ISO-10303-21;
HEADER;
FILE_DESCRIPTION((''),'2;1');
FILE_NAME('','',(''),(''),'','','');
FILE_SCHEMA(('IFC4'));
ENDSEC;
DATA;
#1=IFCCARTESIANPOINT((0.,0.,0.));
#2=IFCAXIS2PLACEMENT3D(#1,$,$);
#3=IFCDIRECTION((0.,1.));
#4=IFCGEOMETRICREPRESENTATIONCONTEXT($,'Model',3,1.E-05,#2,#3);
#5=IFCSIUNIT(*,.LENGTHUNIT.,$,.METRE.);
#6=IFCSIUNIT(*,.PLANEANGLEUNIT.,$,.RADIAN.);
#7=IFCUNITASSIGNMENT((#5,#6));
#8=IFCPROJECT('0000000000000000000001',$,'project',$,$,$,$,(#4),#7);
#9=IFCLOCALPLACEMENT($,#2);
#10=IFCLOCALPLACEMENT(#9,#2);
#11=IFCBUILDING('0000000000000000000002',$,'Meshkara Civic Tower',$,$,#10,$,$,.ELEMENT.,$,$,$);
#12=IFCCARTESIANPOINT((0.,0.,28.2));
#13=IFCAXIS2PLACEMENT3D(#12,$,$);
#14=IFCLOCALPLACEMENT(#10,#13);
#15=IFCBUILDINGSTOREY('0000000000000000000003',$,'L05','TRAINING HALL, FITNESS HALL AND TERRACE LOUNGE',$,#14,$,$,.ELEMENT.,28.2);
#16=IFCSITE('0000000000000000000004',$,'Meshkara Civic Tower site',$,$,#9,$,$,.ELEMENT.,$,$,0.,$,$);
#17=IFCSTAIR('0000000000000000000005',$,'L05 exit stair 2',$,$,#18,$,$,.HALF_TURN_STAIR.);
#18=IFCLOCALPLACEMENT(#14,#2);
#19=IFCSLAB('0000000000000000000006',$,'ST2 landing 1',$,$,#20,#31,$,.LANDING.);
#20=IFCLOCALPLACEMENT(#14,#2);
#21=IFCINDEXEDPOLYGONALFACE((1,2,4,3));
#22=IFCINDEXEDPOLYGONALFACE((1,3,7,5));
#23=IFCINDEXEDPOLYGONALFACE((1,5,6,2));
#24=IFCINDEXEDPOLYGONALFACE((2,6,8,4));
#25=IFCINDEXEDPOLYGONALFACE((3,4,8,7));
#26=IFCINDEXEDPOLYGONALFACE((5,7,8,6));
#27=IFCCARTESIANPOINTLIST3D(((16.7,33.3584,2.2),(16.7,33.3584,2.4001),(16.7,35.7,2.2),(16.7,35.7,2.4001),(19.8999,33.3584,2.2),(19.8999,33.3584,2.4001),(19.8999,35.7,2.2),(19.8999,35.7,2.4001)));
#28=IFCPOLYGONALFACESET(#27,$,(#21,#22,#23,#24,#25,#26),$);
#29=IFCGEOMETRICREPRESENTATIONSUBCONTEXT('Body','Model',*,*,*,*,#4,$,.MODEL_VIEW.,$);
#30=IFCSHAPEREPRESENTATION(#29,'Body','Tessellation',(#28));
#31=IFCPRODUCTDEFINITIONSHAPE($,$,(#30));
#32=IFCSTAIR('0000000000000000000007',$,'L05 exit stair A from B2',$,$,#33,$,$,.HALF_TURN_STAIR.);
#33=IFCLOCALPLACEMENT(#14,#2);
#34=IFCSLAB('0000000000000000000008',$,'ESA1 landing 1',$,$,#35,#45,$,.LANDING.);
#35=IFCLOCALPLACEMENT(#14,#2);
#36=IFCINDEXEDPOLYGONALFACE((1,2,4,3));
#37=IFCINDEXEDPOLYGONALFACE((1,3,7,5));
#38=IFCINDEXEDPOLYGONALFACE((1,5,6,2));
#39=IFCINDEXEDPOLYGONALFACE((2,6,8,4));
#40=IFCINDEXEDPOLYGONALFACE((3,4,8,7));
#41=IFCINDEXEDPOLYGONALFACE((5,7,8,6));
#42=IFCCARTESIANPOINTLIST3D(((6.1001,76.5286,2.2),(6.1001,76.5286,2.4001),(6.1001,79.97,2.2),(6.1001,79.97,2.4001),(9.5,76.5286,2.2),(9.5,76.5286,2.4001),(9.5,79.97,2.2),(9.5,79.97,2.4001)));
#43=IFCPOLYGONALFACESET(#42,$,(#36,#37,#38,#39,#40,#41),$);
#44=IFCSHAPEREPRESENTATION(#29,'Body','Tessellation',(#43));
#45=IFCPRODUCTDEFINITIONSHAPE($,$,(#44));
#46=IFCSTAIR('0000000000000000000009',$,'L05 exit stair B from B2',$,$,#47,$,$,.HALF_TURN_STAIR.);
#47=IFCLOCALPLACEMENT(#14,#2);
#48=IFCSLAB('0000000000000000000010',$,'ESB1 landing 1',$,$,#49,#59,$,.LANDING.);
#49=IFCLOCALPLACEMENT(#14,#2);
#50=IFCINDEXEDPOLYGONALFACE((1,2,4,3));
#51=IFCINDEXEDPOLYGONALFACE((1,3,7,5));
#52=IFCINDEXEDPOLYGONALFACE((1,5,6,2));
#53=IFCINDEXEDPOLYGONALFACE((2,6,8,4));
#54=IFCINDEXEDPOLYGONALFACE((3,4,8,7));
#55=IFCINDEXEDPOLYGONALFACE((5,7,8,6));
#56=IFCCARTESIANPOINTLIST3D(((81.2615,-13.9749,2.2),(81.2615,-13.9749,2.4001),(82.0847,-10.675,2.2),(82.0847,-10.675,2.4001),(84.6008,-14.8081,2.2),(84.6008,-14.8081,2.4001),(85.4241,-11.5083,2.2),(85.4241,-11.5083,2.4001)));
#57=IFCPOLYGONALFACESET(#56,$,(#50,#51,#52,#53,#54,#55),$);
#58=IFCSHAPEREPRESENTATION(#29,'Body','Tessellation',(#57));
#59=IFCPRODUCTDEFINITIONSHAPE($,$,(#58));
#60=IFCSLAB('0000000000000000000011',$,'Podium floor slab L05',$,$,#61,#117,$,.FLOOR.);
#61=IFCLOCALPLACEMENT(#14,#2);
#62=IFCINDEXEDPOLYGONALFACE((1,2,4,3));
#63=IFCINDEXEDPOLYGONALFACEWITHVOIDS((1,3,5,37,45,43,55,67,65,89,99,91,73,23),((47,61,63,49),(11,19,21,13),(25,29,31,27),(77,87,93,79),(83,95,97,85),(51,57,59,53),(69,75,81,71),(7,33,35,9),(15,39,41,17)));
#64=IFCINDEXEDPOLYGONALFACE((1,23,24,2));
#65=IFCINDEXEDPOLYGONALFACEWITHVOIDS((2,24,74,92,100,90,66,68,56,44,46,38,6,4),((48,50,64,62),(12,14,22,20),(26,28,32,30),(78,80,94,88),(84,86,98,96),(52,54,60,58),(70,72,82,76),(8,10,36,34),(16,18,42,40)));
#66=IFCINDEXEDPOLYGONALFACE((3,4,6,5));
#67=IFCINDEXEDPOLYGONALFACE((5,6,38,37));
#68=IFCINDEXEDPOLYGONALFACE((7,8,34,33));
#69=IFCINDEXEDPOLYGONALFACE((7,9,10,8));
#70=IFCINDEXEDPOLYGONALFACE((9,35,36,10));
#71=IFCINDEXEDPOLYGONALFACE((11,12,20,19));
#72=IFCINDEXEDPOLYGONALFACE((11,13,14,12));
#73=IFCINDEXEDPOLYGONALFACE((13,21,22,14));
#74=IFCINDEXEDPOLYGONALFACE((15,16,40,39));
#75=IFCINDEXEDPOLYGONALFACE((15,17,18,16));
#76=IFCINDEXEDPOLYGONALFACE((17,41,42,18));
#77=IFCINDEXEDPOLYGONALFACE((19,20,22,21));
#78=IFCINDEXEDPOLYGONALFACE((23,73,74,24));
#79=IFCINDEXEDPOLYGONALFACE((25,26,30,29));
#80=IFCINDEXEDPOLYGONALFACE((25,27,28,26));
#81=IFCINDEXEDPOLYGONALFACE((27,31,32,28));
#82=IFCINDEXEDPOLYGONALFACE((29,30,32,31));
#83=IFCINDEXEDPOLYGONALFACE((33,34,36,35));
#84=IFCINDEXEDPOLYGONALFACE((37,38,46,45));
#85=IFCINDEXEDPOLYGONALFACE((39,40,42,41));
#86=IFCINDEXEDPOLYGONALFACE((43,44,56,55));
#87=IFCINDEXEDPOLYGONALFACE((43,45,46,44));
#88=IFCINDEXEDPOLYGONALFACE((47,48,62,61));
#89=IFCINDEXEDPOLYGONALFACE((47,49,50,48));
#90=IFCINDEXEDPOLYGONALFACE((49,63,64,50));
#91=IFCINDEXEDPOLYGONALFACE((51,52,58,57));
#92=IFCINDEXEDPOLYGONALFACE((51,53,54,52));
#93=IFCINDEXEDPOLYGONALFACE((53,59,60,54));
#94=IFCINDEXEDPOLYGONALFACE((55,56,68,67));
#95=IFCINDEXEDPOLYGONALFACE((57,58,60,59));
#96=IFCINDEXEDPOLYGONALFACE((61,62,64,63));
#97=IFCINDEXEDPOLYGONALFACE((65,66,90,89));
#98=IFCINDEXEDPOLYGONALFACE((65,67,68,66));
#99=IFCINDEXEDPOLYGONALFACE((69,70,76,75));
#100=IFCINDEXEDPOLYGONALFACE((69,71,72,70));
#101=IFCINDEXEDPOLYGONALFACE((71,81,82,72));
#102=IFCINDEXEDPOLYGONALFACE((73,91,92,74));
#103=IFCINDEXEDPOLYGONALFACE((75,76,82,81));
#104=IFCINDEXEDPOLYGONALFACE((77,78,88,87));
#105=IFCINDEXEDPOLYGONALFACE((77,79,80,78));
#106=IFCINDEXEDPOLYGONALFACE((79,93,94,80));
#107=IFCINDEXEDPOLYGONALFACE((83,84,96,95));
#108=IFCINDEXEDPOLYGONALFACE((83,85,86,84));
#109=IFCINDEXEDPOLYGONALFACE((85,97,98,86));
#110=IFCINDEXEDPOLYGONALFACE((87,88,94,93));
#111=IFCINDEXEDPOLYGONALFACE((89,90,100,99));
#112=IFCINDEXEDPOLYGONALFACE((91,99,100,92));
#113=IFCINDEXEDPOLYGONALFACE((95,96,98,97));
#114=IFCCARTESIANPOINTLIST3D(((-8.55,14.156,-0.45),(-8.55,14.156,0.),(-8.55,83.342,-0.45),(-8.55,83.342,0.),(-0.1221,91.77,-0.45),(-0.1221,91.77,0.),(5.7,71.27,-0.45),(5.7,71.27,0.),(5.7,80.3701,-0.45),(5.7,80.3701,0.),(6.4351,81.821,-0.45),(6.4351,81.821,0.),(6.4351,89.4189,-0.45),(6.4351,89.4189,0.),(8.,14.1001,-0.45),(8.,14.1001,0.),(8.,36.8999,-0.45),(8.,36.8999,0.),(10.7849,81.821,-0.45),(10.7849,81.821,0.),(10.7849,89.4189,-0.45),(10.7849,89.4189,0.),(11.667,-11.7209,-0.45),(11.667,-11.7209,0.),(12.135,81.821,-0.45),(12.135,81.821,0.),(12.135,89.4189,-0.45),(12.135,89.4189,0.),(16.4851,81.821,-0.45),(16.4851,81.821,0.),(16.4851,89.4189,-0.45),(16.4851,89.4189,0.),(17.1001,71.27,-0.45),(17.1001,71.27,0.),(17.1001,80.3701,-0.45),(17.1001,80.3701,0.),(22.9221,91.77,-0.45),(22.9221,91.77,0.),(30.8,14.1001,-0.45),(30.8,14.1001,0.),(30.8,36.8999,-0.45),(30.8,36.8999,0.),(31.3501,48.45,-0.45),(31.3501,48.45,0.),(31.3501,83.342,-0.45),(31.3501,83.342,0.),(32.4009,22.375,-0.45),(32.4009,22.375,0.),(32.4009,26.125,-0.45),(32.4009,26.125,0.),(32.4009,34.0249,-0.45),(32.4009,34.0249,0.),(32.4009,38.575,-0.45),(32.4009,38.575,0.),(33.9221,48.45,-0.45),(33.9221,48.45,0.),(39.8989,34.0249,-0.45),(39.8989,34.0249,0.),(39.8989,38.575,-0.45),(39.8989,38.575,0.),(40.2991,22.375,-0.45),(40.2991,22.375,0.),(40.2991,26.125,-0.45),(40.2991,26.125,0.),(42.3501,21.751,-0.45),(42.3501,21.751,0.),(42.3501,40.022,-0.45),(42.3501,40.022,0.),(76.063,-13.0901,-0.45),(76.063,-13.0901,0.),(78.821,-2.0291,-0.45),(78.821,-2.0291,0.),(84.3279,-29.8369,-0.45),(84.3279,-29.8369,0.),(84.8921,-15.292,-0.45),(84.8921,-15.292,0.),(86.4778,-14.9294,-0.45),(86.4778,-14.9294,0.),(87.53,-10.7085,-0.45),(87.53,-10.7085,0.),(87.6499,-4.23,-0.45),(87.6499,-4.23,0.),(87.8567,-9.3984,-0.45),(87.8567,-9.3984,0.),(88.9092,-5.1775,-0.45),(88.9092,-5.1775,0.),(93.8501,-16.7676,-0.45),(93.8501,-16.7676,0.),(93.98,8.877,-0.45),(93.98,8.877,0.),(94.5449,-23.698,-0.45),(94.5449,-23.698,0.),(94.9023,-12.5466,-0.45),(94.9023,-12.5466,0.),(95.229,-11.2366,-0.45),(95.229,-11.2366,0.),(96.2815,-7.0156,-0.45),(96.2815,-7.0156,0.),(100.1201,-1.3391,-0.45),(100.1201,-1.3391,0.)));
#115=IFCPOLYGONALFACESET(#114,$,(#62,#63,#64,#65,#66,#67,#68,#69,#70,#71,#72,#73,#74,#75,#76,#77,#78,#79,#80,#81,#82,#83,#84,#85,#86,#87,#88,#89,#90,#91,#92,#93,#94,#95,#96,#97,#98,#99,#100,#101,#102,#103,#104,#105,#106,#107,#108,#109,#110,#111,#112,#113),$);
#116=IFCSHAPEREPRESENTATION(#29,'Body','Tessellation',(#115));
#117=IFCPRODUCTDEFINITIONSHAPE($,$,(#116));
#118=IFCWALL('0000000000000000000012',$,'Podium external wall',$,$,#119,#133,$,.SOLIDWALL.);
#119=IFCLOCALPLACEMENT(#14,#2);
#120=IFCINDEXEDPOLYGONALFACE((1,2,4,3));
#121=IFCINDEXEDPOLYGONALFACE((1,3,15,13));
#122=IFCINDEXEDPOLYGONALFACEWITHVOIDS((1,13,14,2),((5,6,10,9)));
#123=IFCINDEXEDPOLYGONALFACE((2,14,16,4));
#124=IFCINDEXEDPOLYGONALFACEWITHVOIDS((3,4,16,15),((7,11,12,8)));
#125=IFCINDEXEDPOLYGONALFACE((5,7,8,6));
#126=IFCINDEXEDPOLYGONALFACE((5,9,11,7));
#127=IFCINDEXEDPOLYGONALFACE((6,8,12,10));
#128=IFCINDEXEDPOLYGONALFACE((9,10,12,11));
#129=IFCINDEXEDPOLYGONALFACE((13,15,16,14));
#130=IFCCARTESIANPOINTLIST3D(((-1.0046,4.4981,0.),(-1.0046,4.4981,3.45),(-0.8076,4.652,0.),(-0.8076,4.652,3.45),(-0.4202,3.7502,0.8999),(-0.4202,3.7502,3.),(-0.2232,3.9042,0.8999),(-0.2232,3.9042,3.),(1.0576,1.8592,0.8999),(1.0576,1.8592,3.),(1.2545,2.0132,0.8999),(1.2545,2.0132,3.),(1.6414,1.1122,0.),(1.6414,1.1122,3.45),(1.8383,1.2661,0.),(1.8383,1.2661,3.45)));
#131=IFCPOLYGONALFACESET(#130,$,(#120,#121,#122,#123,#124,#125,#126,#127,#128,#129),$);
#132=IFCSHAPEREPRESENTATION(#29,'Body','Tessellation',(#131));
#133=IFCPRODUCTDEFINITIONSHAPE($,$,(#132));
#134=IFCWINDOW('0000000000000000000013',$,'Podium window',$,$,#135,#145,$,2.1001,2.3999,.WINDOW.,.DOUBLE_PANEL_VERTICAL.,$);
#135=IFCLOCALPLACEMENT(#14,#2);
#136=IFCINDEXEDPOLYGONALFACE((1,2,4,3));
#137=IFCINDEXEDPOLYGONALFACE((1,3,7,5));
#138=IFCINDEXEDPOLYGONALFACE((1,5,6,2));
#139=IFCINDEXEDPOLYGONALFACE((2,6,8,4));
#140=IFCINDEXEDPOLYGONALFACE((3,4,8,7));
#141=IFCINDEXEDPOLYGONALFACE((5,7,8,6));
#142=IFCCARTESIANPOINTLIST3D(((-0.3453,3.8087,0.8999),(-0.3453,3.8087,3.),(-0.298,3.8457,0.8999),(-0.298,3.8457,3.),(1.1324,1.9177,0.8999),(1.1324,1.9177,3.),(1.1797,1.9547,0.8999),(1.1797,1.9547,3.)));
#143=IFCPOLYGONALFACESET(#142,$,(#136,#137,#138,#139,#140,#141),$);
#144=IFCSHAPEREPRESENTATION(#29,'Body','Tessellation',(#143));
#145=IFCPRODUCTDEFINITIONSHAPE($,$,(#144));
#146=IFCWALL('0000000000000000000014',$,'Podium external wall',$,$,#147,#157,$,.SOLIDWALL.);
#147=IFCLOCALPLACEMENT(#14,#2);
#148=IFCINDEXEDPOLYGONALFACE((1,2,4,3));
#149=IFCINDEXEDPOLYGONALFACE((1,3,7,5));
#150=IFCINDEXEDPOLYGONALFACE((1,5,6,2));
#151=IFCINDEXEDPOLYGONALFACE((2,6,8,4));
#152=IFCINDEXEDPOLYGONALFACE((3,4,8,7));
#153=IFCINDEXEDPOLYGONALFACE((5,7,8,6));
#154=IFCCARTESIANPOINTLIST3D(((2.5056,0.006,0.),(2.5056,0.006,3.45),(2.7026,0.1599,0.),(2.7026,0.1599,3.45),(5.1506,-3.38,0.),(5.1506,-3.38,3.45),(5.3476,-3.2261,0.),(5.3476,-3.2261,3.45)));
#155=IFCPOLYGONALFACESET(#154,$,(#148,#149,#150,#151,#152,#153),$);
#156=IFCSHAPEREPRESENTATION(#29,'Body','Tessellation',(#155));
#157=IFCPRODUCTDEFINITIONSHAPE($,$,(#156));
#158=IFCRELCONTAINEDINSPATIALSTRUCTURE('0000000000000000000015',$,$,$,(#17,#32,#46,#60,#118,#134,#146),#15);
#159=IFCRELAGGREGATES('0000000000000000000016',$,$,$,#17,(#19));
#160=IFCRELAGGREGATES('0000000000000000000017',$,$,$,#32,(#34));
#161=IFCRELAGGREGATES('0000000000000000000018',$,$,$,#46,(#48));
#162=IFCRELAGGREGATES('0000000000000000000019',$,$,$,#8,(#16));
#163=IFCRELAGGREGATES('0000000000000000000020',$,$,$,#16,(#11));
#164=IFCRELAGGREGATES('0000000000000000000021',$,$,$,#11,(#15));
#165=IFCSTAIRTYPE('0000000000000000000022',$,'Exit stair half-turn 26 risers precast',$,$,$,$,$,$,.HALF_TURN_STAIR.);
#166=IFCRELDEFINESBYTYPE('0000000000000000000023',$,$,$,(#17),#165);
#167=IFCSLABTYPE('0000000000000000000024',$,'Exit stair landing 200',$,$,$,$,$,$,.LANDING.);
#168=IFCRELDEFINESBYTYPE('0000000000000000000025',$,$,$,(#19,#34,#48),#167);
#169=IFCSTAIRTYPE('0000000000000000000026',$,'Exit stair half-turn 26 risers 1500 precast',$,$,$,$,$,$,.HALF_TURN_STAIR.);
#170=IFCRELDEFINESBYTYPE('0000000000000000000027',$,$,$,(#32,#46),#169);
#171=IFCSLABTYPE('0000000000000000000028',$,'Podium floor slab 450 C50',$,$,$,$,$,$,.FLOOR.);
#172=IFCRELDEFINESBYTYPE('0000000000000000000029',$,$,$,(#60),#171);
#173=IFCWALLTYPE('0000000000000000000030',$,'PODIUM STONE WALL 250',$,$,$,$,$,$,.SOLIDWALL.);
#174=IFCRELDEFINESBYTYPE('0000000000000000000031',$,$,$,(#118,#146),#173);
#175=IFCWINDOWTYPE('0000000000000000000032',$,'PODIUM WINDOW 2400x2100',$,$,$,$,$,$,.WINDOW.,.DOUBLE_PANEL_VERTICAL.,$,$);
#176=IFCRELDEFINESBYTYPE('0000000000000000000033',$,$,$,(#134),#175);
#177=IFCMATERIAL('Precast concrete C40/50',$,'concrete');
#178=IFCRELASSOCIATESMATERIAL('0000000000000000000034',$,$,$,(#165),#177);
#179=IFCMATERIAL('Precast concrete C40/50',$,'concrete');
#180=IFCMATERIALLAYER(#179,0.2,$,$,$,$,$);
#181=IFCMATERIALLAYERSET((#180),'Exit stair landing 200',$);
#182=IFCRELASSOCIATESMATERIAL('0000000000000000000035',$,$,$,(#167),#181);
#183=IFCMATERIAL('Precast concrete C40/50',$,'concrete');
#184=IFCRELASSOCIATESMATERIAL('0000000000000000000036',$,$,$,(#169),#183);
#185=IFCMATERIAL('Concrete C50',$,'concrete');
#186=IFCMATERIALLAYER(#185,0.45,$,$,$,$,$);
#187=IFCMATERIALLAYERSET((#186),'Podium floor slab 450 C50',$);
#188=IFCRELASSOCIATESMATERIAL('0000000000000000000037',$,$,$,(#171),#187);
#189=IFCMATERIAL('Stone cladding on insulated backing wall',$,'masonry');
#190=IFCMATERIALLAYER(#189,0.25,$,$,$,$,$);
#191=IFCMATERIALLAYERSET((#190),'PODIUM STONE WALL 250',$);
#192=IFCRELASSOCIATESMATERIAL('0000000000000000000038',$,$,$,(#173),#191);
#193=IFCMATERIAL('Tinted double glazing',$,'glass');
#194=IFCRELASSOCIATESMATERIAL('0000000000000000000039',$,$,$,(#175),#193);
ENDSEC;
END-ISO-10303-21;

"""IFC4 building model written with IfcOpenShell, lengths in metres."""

from ifc_helpers import new_model, si_unit, direction, frame, frame_2d, origin, place, context, subcontext, project, spatial, polyline, rectangle, outline, extrude, material, layer, layer_set, type_object, element, fill, aggregate, save


model = new_model("IFC4")

# Units and contexts
model_context = context("Model", 3, precision=1e-05, world=origin(), true_north=direction((0.0, 1.0)))
body_context = subcontext(model_context, "Body", "Model", "MODEL_VIEW")
ifc_project = project(units=[si_unit("LENGTHUNIT", "METRE"), si_unit("PLANEANGLEUNIT", "RADIAN")], contexts=[model_context])

# Site, building, storey
site_placement = place(None, origin())
site = spatial("IfcSite", under=ifc_project, at=site_placement, Name="Meshkara Civic Tower site", CompositionType="ELEMENT", RefElevation=0.0)
building_placement = place(site_placement, origin())
building = spatial("IfcBuilding", under=site, at=building_placement, Name="Meshkara Civic Tower", CompositionType="ELEMENT")
storey_placement = place(building_placement, frame((0.0, 0.0, 28.2)))
storey = spatial("IfcBuildingStorey", under=building, at=storey_placement, Name="L05", Description="TRAINING HALL, FITNESS HALL AND TERRACE LOUNGE", CompositionType="ELEMENT", Elevation=28.2)

# Stairs, slabs
ifc_material_1 = material(Name="Precast concrete C40/50", Category="concrete")
stair_type_1 = type_object("IfcStairType", Name="Exit stair half-turn 26 risers precast", PredefinedType="HALF_TURN_STAIR", material=ifc_material_1)
ifc_material_2 = material(Name="Precast concrete C40/50", Category="concrete")
ifc_layer_1 = layer(ifc_material_2, 0.2)
ifc_layer_set_1 = layer_set([ifc_layer_1], Name="Exit stair landing 200")
slab_type_1 = type_object("IfcSlabType", Name="Exit stair landing 200", PredefinedType="LANDING", material=ifc_layer_set_1)
stair_1_placement = place(storey_placement, origin())
stair_1 = element("IfcStair", 1, at=stair_1_placement, inside=storey, type_object=stair_type_1, Name="L05 exit stair 2", PredefinedType="HALF_TURN_STAIR")
slab_1_placement = place(storey_placement, frame((0.0, 0.0, 2.2)))
slab_1 = element("IfcSlab", 2, at=slab_1_placement, type_object=slab_type_1, Name="ST2 landing 1", PredefinedType="LANDING", context=body_context, shape_type="SweptSolid", body=[
    extrude(outline(polyline([(19.8999, 33.3584), (19.8999, 35.7), (16.7, 35.7), (16.7, 33.3584), (19.8999, 33.3584)])), origin(), (0.0, 0.0, 1.0), 0.2002),
])
aggregate(stair_1, [slab_1])
ifc_material_3 = material(Name="Precast concrete C40/50", Category="concrete")
stair_type_2 = type_object("IfcStairType", Name="Exit stair half-turn 26 risers 1500 precast", PredefinedType="HALF_TURN_STAIR", material=ifc_material_3)
stair_2_placement = place(storey_placement, origin())
stair_2 = element("IfcStair", 3, at=stair_2_placement, inside=storey, type_object=stair_type_2, Name="L05 exit stair A from B2", PredefinedType="HALF_TURN_STAIR")
slab_2_placement = place(storey_placement, frame((0.0, 0.0, 2.2)))
slab_2 = element("IfcSlab", 4, at=slab_2_placement, type_object=slab_type_1, Name="ESA1 landing 1", PredefinedType="LANDING", context=body_context, shape_type="SweptSolid", body=[
    extrude(outline(polyline([(9.5, 76.5286), (9.5, 79.97), (6.1001, 79.97), (6.1001, 76.5286), (9.5, 76.5286)])), origin(), (0.0, 0.0, 1.0), 0.2002),
])
aggregate(stair_2, [slab_2])
stair_3_placement = place(storey_placement, origin())
stair_3 = element("IfcStair", 5, at=stair_3_placement, inside=storey, type_object=stair_type_2, Name="L05 exit stair B from B2", PredefinedType="HALF_TURN_STAIR")
slab_3_placement = place(storey_placement, frame((0.0, 0.0, 2.2)))
slab_3 = element("IfcSlab", 6, at=slab_3_placement, type_object=slab_type_1, Name="ESB1 landing 1", PredefinedType="LANDING", context=body_context, shape_type="SweptSolid", body=[
    extrude(outline(polyline([(81.2615, -13.9749), (84.6008, -14.8081), (85.4241, -11.5083), (82.0847, -10.675), (81.2615, -13.9749)])), origin(), (0.0, 0.0, 1.0), 0.2002),
])
aggregate(stair_3, [slab_3])

# Slab
ifc_material_4 = material(Name="Concrete C50", Category="concrete")
ifc_layer_2 = layer(ifc_material_4, 0.45)
ifc_layer_set_2 = layer_set([ifc_layer_2], Name="Podium floor slab 450 C50")
slab_type_2 = type_object("IfcSlabType", Name="Podium floor slab 450 C50", PredefinedType="FLOOR", material=ifc_layer_set_2)
slab_4_placement = place(storey_placement, frame((0.0, 0.0, -0.45)))
element("IfcSlab", 7, at=slab_4_placement, inside=storey, type_object=slab_type_2, Name="Podium floor slab L05", PredefinedType="FLOOR", context=body_context, shape_type="SweptSolid", body=[
    extrude(outline(polyline([(33.9221, 48.45), (42.3501, 40.022), (42.3501, 21.751), (93.98, 8.877), (100.1201, -1.3391), (94.5449, -23.698), (84.3279, -29.8369), (11.667, -11.7209), (-8.55, 14.156), (-8.55, 83.342), (-0.1221, 91.77), (22.9221, 91.77), (31.3501, 83.342), (31.3501, 48.45), (33.9221, 48.45)]), holes=[polyline([(30.8, 14.1001), (30.8, 36.8999), (8.0, 36.8999), (8.0, 14.1001), (30.8, 14.1001)]), polyline([(17.1001, 80.3701), (5.7, 80.3701), (5.7, 71.27), (17.1001, 71.27), (17.1001, 80.3701)]), polyline([(10.7849, 81.821), (10.7849, 89.4189), (6.4351, 89.4189), (6.4351, 81.821), (10.7849, 81.821)]), polyline([(16.4851, 81.821), (16.4851, 89.4189), (12.135, 89.4189), (12.135, 81.821), (16.4851, 81.821)]), polyline([(93.8501, -16.7676), (94.9023, -12.5466), (87.53, -10.7085), (86.4778, -14.9294), (93.8501, -16.7676)]), polyline([(78.821, -2.0291), (76.063, -13.0901), (84.8921, -15.292), (87.6499, -4.23), (78.821, -2.0291)]), polyline([(95.229, -11.2366), (96.2815, -7.0156), (88.9092, -5.1775), (87.8567, -9.3984), (95.229, -11.2366)]), polyline([(32.4009, 22.375), (40.2991, 22.375), (40.2991, 26.125), (32.4009, 26.125), (32.4009, 22.375)]), polyline([(32.4009, 34.0249), (39.8989, 34.0249), (39.8989, 38.575), (32.4009, 38.575), (32.4009, 34.0249)])]), origin(), (0.0, 0.0, 1.0), 0.45),
])

# Wall, opening, window
ifc_material_5 = material(Name="Stone cladding on insulated backing wall", Category="masonry")
ifc_layer_3 = layer(ifc_material_5, 0.25)
ifc_layer_set_3 = layer_set([ifc_layer_3], Name="PODIUM STONE WALL 250")
wall_type = type_object("IfcWallType", Name="PODIUM STONE WALL 250", PredefinedType="SOLIDWALL", material=ifc_layer_set_3)
wall_1_placement = place(storey_placement, frame((-0.906, 4.575, 0.0), z_axis=(0.0, 0.0, 1.0), x_axis=(0.615744, -0.787946, 0.0)))
wall_1 = element("IfcWall", 8, at=wall_1_placement, inside=storey, type_object=wall_type, Name="Podium external wall", PredefinedType="SOLIDWALL", context=body_context, shape_type="SweptSolid", body=[
    extrude(rectangle(XDim=4.2971, YDim=0.25, at=frame_2d((2.1484, 0.0))), origin(), (0.0, 0.0, 1.0), 3.45),
])
opening_1_placement = place(wall_1_placement, frame((0.949, 0.0, 0.8999)))
opening_1 = element("IfcOpeningElement", 9, at=opening_1_placement, cuts=wall_1, PredefinedType="OPENING", context=body_context, shape_type="SweptSolid", body=[
    extrude(rectangle(XDim=2.3999, YDim=2.1001, at=frame_2d((1.2, 1.05))), frame((0.0, 0.135, 0.0), z_axis=(0.0, -1.0, 0.0), x_axis=(1.0, 0.0, 0.0)), (0.0, 0.0, 1.0), 0.27),
])
ifc_material_6 = material(Name="Tinted double glazing", Category="glass")
window_type_1 = type_object("IfcWindowType", Name="PODIUM WINDOW 2400x2100", PartitioningType="DOUBLE_PANEL_VERTICAL", PredefinedType="WINDOW", material=ifc_material_6)
window_1_placement = place(opening_1_placement, origin())
window_1 = element("IfcWindow", 10, at=window_1_placement, inside=storey, type_object=window_type_1, Name="Podium window", OverallHeight=2.1001, OverallWidth=2.3999, PartitioningType="DOUBLE_PANEL_VERTICAL", PredefinedType="WINDOW", context=body_context, shape_type="SweptSolid", body=[
    extrude(rectangle(XDim=2.3999, YDim=2.1001, at=frame_2d((1.2, 1.05))), frame((0.0, 0.03, 0.0), z_axis=(0.0, -1.0, 0.0), x_axis=(1.0, 0.0, 0.0)), (0.0, 0.0, 1.0), 0.0601),
])
fill(opening_1, window_1)

# Wall
wall_2_placement = place(storey_placement, frame((2.604, 0.083, 0.0), z_axis=(0.0, 0.0, 1.0), x_axis=(0.615603, -0.788056, 0.0)))
element("IfcWall", 11, at=wall_2_placement, inside=storey, type_object=wall_type, Name="Podium external wall", PredefinedType="SOLIDWALL", context=body_context, shape_type="SweptSolid", body=[
    extrude(rectangle(XDim=4.2966, YDim=0.25, at=frame_2d((2.1484, 0.0))), origin(), (0.0, 0.0, 1.0), 3.45),
])

save(model, "model.ifc")
